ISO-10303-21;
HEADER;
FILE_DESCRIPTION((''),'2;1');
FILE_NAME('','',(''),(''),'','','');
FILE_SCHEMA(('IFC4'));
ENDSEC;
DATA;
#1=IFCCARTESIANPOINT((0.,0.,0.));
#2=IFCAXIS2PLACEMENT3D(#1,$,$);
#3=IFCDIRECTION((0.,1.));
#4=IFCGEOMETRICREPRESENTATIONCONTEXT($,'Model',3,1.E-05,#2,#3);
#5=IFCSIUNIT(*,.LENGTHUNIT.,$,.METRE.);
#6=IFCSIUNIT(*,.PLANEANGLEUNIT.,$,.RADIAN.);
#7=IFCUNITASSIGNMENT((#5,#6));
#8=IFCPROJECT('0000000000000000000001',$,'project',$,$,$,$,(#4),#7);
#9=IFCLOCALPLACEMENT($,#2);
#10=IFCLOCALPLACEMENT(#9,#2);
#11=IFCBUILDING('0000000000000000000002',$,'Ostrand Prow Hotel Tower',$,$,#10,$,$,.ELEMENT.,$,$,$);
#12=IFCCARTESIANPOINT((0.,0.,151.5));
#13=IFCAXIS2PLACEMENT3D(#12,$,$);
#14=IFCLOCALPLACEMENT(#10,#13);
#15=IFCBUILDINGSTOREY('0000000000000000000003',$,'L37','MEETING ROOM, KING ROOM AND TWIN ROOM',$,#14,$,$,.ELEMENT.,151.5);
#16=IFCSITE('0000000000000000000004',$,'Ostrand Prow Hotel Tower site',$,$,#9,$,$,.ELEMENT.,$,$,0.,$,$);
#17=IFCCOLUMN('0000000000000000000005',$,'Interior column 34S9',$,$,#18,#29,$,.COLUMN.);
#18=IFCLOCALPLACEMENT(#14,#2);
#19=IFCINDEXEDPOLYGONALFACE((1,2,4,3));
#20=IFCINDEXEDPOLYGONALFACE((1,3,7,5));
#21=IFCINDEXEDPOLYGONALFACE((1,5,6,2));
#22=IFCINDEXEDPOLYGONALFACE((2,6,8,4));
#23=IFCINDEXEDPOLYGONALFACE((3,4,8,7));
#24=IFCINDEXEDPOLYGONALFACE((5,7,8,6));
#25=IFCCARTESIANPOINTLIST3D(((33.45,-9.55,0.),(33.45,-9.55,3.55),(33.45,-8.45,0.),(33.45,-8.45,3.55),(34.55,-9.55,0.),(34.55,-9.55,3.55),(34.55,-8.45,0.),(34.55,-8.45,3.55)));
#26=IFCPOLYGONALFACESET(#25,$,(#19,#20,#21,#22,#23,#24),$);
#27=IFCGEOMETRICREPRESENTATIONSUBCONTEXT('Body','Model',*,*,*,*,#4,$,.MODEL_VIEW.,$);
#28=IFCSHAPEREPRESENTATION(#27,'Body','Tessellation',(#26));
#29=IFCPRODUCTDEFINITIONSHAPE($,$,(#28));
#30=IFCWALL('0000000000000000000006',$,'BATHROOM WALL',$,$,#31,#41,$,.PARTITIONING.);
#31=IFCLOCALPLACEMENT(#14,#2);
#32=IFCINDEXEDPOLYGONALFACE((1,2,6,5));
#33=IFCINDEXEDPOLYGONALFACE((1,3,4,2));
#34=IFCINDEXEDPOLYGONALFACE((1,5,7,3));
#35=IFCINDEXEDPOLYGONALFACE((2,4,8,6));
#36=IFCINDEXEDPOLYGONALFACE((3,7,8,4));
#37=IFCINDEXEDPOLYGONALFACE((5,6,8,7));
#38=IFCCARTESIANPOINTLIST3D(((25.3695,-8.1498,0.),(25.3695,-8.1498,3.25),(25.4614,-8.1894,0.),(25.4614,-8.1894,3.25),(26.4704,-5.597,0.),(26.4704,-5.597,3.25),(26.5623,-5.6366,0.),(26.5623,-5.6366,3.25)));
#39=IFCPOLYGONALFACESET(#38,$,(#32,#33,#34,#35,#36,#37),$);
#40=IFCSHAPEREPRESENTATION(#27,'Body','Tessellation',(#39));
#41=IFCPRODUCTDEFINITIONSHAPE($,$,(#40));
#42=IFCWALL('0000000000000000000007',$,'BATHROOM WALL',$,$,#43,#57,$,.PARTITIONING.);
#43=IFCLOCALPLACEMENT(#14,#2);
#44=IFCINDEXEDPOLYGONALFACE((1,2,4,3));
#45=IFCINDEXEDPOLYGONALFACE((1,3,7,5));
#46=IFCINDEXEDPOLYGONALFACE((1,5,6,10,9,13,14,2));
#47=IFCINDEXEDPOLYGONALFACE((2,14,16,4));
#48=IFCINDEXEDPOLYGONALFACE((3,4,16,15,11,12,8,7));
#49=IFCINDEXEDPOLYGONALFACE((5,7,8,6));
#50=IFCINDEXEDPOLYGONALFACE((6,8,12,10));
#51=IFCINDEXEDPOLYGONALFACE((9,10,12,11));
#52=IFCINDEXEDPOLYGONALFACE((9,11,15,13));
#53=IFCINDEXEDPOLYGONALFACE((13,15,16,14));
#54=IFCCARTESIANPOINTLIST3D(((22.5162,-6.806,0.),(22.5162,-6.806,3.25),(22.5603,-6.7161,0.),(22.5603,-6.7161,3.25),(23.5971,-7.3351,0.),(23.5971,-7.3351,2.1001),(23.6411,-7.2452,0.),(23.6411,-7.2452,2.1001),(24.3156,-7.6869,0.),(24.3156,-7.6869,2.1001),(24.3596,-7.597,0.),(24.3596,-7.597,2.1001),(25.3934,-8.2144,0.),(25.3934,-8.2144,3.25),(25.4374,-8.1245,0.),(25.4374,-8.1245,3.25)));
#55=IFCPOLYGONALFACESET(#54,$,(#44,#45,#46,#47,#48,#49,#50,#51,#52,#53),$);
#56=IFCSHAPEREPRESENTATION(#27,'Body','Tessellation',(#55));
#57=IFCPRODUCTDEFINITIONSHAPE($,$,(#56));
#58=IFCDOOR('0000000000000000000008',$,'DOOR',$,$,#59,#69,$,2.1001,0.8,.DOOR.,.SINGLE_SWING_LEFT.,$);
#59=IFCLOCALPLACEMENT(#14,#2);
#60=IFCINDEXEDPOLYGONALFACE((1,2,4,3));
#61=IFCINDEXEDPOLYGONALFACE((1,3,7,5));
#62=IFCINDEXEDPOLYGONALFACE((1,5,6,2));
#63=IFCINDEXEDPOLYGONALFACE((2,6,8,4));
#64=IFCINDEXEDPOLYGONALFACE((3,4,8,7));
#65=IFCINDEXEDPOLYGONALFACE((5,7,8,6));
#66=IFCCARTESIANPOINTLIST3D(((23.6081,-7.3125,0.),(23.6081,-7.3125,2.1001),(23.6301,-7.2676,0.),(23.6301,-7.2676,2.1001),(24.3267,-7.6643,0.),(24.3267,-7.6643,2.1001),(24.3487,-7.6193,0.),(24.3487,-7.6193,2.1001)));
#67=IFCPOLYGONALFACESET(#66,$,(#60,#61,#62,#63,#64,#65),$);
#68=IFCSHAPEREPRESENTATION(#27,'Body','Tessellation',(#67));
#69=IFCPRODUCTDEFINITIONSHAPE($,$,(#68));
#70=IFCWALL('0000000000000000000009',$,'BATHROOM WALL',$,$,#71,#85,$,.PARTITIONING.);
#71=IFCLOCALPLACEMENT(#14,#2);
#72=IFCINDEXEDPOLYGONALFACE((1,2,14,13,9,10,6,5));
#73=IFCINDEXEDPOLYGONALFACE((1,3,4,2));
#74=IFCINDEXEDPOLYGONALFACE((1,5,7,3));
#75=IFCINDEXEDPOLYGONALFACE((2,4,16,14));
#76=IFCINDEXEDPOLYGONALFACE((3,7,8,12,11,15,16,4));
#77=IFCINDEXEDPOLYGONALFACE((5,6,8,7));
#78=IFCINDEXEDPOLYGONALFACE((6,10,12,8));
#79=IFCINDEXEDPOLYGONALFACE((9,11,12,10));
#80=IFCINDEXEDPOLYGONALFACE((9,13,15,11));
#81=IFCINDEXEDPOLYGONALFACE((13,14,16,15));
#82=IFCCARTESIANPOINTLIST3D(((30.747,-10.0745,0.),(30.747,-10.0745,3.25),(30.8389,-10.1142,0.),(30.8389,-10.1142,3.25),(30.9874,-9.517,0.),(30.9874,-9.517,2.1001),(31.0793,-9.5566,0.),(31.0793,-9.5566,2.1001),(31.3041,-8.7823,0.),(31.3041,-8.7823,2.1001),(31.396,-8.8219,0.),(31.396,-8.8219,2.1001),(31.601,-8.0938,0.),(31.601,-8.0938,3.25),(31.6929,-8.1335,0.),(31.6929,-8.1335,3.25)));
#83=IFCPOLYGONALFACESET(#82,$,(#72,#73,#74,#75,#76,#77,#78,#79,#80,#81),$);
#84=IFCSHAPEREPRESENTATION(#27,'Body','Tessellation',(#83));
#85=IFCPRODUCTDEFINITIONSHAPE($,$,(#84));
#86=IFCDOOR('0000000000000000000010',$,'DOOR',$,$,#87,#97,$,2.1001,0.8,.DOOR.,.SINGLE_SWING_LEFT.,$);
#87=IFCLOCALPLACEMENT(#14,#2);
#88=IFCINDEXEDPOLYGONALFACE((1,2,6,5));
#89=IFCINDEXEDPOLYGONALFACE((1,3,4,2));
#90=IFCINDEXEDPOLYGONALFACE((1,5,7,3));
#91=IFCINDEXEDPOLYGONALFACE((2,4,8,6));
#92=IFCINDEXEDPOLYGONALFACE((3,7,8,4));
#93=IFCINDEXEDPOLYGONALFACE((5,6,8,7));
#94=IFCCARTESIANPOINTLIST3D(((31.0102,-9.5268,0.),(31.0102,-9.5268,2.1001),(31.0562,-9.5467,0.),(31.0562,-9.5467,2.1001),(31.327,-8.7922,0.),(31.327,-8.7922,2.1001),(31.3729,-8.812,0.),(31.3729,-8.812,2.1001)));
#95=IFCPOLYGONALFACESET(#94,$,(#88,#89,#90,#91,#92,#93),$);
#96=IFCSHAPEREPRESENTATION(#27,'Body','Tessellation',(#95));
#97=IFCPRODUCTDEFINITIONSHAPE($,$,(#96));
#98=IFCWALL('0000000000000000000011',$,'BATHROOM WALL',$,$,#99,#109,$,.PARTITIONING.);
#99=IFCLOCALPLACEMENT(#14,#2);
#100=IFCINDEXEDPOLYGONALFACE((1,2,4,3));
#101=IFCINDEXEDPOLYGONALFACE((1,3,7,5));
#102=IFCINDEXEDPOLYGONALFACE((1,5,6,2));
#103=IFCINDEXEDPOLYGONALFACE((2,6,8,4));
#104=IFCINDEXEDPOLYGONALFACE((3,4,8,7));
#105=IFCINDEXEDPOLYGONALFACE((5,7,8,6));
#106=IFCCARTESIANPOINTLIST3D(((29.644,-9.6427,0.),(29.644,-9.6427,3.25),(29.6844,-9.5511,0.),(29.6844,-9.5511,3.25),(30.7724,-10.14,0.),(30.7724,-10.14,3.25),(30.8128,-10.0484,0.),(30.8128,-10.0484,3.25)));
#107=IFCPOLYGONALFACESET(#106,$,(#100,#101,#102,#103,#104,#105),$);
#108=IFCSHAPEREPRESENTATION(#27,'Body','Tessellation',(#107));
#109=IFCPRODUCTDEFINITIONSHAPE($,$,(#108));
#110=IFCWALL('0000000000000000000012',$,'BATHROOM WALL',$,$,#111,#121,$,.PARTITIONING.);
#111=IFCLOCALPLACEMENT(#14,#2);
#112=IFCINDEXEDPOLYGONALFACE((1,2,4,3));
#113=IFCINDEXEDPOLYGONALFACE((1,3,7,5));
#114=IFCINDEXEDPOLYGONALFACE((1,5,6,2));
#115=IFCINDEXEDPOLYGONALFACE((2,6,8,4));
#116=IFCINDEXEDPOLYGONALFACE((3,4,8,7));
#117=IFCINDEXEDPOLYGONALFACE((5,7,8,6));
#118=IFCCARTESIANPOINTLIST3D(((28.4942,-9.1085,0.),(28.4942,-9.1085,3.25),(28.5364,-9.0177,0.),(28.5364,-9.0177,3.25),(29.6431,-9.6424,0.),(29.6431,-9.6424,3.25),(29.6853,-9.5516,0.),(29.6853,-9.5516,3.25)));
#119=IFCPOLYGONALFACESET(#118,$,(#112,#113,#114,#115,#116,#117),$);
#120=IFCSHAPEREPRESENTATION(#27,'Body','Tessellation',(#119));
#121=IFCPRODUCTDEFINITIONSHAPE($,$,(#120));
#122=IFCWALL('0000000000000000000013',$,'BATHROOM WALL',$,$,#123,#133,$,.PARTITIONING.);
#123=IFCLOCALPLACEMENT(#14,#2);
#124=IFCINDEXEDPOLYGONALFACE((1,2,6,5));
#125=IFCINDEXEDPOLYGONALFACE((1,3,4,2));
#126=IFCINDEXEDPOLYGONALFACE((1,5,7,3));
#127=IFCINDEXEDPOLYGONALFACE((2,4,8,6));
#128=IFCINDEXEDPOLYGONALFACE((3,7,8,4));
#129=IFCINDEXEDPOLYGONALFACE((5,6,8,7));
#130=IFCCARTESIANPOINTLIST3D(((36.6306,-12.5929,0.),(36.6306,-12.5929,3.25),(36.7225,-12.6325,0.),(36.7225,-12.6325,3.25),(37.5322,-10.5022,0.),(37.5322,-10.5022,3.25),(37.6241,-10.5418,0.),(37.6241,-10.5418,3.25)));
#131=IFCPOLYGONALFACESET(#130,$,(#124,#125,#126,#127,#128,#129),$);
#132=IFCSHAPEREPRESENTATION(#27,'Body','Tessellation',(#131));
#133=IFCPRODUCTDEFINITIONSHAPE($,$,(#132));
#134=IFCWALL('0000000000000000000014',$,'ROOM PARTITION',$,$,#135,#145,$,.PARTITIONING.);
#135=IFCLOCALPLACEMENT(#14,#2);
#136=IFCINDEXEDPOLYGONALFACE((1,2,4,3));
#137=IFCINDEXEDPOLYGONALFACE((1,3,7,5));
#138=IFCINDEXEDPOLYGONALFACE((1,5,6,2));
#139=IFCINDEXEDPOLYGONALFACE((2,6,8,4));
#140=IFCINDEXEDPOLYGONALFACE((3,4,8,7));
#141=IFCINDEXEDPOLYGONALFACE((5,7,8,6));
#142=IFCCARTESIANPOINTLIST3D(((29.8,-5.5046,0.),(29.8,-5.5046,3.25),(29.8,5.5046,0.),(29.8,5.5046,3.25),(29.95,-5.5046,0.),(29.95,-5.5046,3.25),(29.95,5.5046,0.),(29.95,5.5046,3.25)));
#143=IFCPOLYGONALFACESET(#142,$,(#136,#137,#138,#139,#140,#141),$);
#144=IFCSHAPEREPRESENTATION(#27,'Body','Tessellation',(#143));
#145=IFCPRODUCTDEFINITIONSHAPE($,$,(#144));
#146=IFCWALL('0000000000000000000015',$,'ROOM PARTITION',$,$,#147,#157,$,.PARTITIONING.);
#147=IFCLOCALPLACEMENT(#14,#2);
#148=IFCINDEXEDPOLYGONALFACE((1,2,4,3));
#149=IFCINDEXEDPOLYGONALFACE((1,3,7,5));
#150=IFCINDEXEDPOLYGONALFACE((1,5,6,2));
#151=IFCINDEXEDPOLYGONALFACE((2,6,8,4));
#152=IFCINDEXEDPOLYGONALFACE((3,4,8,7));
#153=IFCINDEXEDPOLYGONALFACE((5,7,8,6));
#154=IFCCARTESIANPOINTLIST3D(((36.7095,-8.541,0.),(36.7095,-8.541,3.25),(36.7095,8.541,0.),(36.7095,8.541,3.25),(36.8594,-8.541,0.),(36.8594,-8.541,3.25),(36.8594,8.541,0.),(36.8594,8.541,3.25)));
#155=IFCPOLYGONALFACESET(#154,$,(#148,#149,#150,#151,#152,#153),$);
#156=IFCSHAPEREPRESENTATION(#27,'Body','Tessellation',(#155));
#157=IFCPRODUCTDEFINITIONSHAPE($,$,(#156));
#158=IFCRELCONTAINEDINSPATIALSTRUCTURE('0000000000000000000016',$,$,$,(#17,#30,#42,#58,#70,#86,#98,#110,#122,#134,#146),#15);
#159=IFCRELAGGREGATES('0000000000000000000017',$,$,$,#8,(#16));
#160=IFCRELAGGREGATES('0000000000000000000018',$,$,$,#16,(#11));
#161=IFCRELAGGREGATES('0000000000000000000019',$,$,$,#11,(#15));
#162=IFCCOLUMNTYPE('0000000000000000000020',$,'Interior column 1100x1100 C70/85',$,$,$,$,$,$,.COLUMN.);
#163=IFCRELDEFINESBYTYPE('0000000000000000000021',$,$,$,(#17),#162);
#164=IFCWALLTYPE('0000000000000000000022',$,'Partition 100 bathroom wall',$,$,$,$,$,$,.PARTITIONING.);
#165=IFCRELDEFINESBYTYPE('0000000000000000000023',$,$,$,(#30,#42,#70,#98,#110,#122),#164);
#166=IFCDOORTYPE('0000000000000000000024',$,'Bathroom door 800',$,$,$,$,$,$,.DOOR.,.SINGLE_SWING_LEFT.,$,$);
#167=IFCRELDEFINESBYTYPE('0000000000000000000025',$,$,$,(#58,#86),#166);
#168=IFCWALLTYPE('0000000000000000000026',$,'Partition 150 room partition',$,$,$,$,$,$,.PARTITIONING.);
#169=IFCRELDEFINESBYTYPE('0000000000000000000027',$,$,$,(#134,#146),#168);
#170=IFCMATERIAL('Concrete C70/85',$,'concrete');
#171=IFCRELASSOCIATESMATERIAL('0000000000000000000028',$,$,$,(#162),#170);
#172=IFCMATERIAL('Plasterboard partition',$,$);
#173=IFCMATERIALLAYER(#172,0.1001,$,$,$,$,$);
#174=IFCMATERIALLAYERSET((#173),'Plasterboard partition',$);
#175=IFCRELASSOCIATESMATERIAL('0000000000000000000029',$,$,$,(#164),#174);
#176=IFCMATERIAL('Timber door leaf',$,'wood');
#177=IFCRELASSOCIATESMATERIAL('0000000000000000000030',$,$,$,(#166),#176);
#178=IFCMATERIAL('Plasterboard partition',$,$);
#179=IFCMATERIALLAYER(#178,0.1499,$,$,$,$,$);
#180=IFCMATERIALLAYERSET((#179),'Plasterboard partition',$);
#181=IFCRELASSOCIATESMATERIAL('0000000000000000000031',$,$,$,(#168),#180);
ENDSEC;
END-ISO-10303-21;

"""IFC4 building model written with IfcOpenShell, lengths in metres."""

from ifc_helpers import new_model, si_unit, direction, frame, frame_2d, origin, origin_2d, place, context, subcontext, project, spatial, rectangle, extrude, material, layer, layer_set, material_profile, profile_set, type_object, element, fill, save


model = new_model("IFC4")

# Units and contexts
model_context = context("Model", 3, precision=1e-05, world=origin(), true_north=direction((0.0, 1.0)))
body_context = subcontext(model_context, "Body", "Model", "MODEL_VIEW")
ifc_project = project(units=[si_unit("LENGTHUNIT", "METRE"), si_unit("PLANEANGLEUNIT", "RADIAN")], contexts=[model_context])

# Site, building, storey
site_placement = place(None, origin())
site = spatial("IfcSite", under=ifc_project, at=site_placement, Name="Ostrand Prow Hotel Tower site", CompositionType="ELEMENT", RefElevation=0.0)
building_placement = place(site_placement, origin())
building = spatial("IfcBuilding", under=site, at=building_placement, Name="Ostrand Prow Hotel Tower", CompositionType="ELEMENT")
storey_placement = place(building_placement, frame((0.0, 0.0, 151.5)))
storey = spatial("IfcBuildingStorey", under=building, at=storey_placement, Name="L37", Description="MEETING ROOM, KING ROOM AND TWIN ROOM", CompositionType="ELEMENT", Elevation=151.5)

# Column
ifc_material_1 = material(Name="Concrete C70/85", Category="concrete")
ifc_material_profile = material_profile(ifc_material_1, rectangle(XDim=1.1001, YDim=1.1001, at=origin_2d()), Name="RC 1100x1100")
ifc_profile_set = profile_set([ifc_material_profile], Name="Concrete C70/85")
column_type = type_object("IfcColumnType", Name="Interior column 1100x1100 C70/85", PredefinedType="COLUMN", material=ifc_profile_set)
column_placement = place(storey_placement, frame((34.0, -9.0, 0.0), z_axis=(0.0, 0.0, 1.0), x_axis=(1.0, 0.0, 0.0)))
element("IfcColumn", 1, at=column_placement, inside=storey, type_object=column_type, Name="Interior column 34S9", PredefinedType="COLUMN", context=body_context, shape_type="SweptSolid", body=[
    extrude(rectangle(XDim=1.1001, YDim=1.1001, at=origin_2d()), origin(), (0.0, 0.0, 1.0), 3.55),
])

# Wall
ifc_material_2 = material(Name="Plasterboard partition")
ifc_layer_1 = layer(ifc_material_2, 0.1001)
ifc_layer_set_1 = layer_set([ifc_layer_1], Name="Plasterboard partition")
wall_type_1 = type_object("IfcWallType", Name="Partition 100 bathroom wall", PredefinedType="PARTITIONING", material=ifc_layer_set_1)
wall_1_placement = place(storey_placement, frame((26.5164, -5.6167, 0.0), z_axis=(0.0, 0.0, 1.0), x_axis=(-0.395985, -0.918257, 0.0)))
element("IfcWall", 2, at=wall_1_placement, inside=storey, type_object=wall_type_1, Name="BATHROOM WALL", PredefinedType="PARTITIONING", context=body_context, shape_type="SweptSolid", body=[
    extrude(rectangle(XDim=2.78, YDim=0.1001, at=frame_2d((1.3901, 0.0))), origin(), (0.0, 0.0, 1.0), 3.25),
])

# Walls, openings, doors
wall_2_placement = place(storey_placement, frame((25.4153, -8.1694, 0.0), z_axis=(0.0, 0.0, 1.0), x_axis=(-0.89816, 0.439668, 0.0)))
wall_2 = element("IfcWall", 3, at=wall_2_placement, inside=storey, type_object=wall_type_1, Name="BATHROOM WALL", PredefinedType="PARTITIONING", context=body_context, shape_type="SweptSolid", body=[
    extrude(rectangle(XDim=3.2034, YDim=0.1001, at=frame_2d((1.6016, 0.0))), origin(), (0.0, 0.0, 1.0), 3.25),
])
opening_1_placement = place(wall_2_placement, frame((1.2, 0.0, 0.0)))
opening_1 = element("IfcOpeningElement", 4, at=opening_1_placement, cuts=wall_2, PredefinedType="OPENING", context=body_context, shape_type="SweptSolid", body=[
    extrude(rectangle(XDim=0.8, YDim=2.1001, at=frame_2d((0.3999, 1.05))), frame((0.0, 0.0601, 0.0), z_axis=(0.0, -1.0, 0.0), x_axis=(1.0, 0.0, 0.0)), (0.0, 0.0, 1.0), 0.1201),
])
ifc_material_3 = material(Name="Timber door leaf", Category="wood")
door_type_1 = type_object("IfcDoorType", Name="Bathroom door 800", OperationType="SINGLE_SWING_LEFT", PredefinedType="DOOR", material=ifc_material_3)
door_1_placement = place(opening_1_placement, origin())
door_1 = element("IfcDoor", 5, at=door_1_placement, inside=storey, type_object=door_type_1, Name="DOOR", OperationType="SINGLE_SWING_LEFT", OverallHeight=2.1001, OverallWidth=0.8, PredefinedType="DOOR", context=body_context, shape_type="SweptSolid", body=[
    extrude(rectangle(XDim=0.8, YDim=2.1001, at=frame_2d((0.3999, 1.05))), frame((0.0, 0.0249, 0.0), z_axis=(0.0, -1.0, 0.0), x_axis=(1.0, 0.0, 0.0)), (0.0, 0.0, 1.0), 0.05),
])
fill(opening_1, door_1)
wall_3_placement = place(storey_placement, frame((31.647, -8.1135, 0.0), z_axis=(0.0, 0.0, 1.0), x_axis=(-0.395926, -0.918282, 0.0)))
wall_3 = element("IfcWall", 6, at=wall_3_placement, inside=storey, type_object=wall_type_1, Name="BATHROOM WALL", PredefinedType="PARTITIONING", context=body_context, shape_type="SweptSolid", body=[
    extrude(rectangle(XDim=2.157, YDim=0.1001, at=frame_2d((1.0786, 0.0))), origin(), (0.0, 0.0, 1.0), 3.25),
])
opening_2_placement = place(wall_3_placement, frame((0.75, 0.0, 0.0)))
opening_2 = element("IfcOpeningElement", 7, at=opening_2_placement, cuts=wall_3, PredefinedType="OPENING", context=body_context, shape_type="SweptSolid", body=[
    extrude(rectangle(XDim=0.8, YDim=2.1001, at=frame_2d((0.3999, 1.05))), frame((0.0, 0.0601, 0.0), z_axis=(0.0, -1.0, 0.0), x_axis=(1.0, 0.0, 0.0)), (0.0, 0.0, 1.0), 0.1201),
])
door_2_placement = place(opening_2_placement, origin())
door_2 = element("IfcDoor", 8, at=door_2_placement, inside=storey, type_object=door_type_1, Name="DOOR", OperationType="SINGLE_SWING_LEFT", OverallHeight=2.1001, OverallWidth=0.8, PredefinedType="DOOR", context=body_context, shape_type="SweptSolid", body=[
    extrude(rectangle(XDim=0.8, YDim=2.1001, at=frame_2d((0.3999, 1.05))), frame((0.0, 0.0249, 0.0), z_axis=(0.0, -1.0, 0.0), x_axis=(1.0, 0.0, 0.0)), (0.0, 0.0, 1.0), 0.05),
])
fill(opening_2, door_2)

# Walls
wall_4_placement = place(storey_placement, frame((30.7927, -10.0942, 0.0), z_axis=(0.0, 0.0, 1.0), x_axis=(-0.915073, 0.403289, 0.0)))
element("IfcWall", 9, at=wall_4_placement, inside=storey, type_object=wall_type_1, Name="BATHROOM WALL", PredefinedType="PARTITIONING", context=body_context, shape_type="SweptSolid", body=[
    extrude(rectangle(XDim=1.2332, YDim=0.1001, at=frame_2d((0.6167, 0.0))), origin(), (0.0, 0.0, 1.0), 3.25),
])
wall_5_placement = place(storey_placement, frame((29.6641, -9.5969, 0.0), z_axis=(0.0, 0.0, 1.0), x_axis=(-0.906856, 0.42144, 0.0)))
element("IfcWall", 10, at=wall_5_placement, inside=storey, type_object=wall_type_1, Name="BATHROOM WALL", PredefinedType="PARTITIONING", context=body_context, shape_type="SweptSolid", body=[
    extrude(rectangle(XDim=1.2668, YDim=0.1001, at=frame_2d((0.6333, 0.0))), origin(), (0.0, 0.0, 1.0), 3.25),
])
wall_6_placement = place(storey_placement, frame((37.5781, -10.522, 0.0), z_axis=(0.0, 0.0, 1.0), x_axis=(-0.395976, -0.918261, 0.0)))
element("IfcWall", 11, at=wall_6_placement, inside=storey, type_object=wall_type_1, Name="BATHROOM WALL", PredefinedType="PARTITIONING", context=body_context, shape_type="SweptSolid", body=[
    extrude(rectangle(XDim=2.2769, YDim=0.1001, at=frame_2d((1.1384, 0.0))), origin(), (0.0, 0.0, 1.0), 3.25),
])
ifc_material_4 = material(Name="Plasterboard partition")
ifc_layer_2 = layer(ifc_material_4, 0.1499)
ifc_layer_set_2 = layer_set([ifc_layer_2], Name="Plasterboard partition")
wall_type_2 = type_object("IfcWallType", Name="Partition 150 room partition", PredefinedType="PARTITIONING", material=ifc_layer_set_2)
wall_7_placement = place(storey_placement, frame((29.875, -5.5046, 0.0), z_axis=(0.0, 0.0, 1.0), x_axis=(0.0, 1.0, 0.0)))
element("IfcWall", 12, at=wall_7_placement, inside=storey, type_object=wall_type_2, Name="ROOM PARTITION", PredefinedType="PARTITIONING", context=body_context, shape_type="SweptSolid", body=[
    extrude(rectangle(XDim=11.0093, YDim=0.1499, at=frame_2d((5.5046, 0.0))), origin(), (0.0, 0.0, 1.0), 3.25),
])
wall_8_placement = place(storey_placement, frame((36.7844, -8.541, 0.0), z_axis=(0.0, 0.0, 1.0), x_axis=(0.0, 1.0, 0.0)))
element("IfcWall", 13, at=wall_8_placement, inside=storey, type_object=wall_type_2, Name="ROOM PARTITION", PredefinedType="PARTITIONING", context=body_context, shape_type="SweptSolid", body=[
    extrude(rectangle(XDim=17.082, YDim=0.1499, at=frame_2d((8.541, 0.0))), origin(), (0.0, 0.0, 1.0), 3.25),
])

save(model, "model.ifc")
